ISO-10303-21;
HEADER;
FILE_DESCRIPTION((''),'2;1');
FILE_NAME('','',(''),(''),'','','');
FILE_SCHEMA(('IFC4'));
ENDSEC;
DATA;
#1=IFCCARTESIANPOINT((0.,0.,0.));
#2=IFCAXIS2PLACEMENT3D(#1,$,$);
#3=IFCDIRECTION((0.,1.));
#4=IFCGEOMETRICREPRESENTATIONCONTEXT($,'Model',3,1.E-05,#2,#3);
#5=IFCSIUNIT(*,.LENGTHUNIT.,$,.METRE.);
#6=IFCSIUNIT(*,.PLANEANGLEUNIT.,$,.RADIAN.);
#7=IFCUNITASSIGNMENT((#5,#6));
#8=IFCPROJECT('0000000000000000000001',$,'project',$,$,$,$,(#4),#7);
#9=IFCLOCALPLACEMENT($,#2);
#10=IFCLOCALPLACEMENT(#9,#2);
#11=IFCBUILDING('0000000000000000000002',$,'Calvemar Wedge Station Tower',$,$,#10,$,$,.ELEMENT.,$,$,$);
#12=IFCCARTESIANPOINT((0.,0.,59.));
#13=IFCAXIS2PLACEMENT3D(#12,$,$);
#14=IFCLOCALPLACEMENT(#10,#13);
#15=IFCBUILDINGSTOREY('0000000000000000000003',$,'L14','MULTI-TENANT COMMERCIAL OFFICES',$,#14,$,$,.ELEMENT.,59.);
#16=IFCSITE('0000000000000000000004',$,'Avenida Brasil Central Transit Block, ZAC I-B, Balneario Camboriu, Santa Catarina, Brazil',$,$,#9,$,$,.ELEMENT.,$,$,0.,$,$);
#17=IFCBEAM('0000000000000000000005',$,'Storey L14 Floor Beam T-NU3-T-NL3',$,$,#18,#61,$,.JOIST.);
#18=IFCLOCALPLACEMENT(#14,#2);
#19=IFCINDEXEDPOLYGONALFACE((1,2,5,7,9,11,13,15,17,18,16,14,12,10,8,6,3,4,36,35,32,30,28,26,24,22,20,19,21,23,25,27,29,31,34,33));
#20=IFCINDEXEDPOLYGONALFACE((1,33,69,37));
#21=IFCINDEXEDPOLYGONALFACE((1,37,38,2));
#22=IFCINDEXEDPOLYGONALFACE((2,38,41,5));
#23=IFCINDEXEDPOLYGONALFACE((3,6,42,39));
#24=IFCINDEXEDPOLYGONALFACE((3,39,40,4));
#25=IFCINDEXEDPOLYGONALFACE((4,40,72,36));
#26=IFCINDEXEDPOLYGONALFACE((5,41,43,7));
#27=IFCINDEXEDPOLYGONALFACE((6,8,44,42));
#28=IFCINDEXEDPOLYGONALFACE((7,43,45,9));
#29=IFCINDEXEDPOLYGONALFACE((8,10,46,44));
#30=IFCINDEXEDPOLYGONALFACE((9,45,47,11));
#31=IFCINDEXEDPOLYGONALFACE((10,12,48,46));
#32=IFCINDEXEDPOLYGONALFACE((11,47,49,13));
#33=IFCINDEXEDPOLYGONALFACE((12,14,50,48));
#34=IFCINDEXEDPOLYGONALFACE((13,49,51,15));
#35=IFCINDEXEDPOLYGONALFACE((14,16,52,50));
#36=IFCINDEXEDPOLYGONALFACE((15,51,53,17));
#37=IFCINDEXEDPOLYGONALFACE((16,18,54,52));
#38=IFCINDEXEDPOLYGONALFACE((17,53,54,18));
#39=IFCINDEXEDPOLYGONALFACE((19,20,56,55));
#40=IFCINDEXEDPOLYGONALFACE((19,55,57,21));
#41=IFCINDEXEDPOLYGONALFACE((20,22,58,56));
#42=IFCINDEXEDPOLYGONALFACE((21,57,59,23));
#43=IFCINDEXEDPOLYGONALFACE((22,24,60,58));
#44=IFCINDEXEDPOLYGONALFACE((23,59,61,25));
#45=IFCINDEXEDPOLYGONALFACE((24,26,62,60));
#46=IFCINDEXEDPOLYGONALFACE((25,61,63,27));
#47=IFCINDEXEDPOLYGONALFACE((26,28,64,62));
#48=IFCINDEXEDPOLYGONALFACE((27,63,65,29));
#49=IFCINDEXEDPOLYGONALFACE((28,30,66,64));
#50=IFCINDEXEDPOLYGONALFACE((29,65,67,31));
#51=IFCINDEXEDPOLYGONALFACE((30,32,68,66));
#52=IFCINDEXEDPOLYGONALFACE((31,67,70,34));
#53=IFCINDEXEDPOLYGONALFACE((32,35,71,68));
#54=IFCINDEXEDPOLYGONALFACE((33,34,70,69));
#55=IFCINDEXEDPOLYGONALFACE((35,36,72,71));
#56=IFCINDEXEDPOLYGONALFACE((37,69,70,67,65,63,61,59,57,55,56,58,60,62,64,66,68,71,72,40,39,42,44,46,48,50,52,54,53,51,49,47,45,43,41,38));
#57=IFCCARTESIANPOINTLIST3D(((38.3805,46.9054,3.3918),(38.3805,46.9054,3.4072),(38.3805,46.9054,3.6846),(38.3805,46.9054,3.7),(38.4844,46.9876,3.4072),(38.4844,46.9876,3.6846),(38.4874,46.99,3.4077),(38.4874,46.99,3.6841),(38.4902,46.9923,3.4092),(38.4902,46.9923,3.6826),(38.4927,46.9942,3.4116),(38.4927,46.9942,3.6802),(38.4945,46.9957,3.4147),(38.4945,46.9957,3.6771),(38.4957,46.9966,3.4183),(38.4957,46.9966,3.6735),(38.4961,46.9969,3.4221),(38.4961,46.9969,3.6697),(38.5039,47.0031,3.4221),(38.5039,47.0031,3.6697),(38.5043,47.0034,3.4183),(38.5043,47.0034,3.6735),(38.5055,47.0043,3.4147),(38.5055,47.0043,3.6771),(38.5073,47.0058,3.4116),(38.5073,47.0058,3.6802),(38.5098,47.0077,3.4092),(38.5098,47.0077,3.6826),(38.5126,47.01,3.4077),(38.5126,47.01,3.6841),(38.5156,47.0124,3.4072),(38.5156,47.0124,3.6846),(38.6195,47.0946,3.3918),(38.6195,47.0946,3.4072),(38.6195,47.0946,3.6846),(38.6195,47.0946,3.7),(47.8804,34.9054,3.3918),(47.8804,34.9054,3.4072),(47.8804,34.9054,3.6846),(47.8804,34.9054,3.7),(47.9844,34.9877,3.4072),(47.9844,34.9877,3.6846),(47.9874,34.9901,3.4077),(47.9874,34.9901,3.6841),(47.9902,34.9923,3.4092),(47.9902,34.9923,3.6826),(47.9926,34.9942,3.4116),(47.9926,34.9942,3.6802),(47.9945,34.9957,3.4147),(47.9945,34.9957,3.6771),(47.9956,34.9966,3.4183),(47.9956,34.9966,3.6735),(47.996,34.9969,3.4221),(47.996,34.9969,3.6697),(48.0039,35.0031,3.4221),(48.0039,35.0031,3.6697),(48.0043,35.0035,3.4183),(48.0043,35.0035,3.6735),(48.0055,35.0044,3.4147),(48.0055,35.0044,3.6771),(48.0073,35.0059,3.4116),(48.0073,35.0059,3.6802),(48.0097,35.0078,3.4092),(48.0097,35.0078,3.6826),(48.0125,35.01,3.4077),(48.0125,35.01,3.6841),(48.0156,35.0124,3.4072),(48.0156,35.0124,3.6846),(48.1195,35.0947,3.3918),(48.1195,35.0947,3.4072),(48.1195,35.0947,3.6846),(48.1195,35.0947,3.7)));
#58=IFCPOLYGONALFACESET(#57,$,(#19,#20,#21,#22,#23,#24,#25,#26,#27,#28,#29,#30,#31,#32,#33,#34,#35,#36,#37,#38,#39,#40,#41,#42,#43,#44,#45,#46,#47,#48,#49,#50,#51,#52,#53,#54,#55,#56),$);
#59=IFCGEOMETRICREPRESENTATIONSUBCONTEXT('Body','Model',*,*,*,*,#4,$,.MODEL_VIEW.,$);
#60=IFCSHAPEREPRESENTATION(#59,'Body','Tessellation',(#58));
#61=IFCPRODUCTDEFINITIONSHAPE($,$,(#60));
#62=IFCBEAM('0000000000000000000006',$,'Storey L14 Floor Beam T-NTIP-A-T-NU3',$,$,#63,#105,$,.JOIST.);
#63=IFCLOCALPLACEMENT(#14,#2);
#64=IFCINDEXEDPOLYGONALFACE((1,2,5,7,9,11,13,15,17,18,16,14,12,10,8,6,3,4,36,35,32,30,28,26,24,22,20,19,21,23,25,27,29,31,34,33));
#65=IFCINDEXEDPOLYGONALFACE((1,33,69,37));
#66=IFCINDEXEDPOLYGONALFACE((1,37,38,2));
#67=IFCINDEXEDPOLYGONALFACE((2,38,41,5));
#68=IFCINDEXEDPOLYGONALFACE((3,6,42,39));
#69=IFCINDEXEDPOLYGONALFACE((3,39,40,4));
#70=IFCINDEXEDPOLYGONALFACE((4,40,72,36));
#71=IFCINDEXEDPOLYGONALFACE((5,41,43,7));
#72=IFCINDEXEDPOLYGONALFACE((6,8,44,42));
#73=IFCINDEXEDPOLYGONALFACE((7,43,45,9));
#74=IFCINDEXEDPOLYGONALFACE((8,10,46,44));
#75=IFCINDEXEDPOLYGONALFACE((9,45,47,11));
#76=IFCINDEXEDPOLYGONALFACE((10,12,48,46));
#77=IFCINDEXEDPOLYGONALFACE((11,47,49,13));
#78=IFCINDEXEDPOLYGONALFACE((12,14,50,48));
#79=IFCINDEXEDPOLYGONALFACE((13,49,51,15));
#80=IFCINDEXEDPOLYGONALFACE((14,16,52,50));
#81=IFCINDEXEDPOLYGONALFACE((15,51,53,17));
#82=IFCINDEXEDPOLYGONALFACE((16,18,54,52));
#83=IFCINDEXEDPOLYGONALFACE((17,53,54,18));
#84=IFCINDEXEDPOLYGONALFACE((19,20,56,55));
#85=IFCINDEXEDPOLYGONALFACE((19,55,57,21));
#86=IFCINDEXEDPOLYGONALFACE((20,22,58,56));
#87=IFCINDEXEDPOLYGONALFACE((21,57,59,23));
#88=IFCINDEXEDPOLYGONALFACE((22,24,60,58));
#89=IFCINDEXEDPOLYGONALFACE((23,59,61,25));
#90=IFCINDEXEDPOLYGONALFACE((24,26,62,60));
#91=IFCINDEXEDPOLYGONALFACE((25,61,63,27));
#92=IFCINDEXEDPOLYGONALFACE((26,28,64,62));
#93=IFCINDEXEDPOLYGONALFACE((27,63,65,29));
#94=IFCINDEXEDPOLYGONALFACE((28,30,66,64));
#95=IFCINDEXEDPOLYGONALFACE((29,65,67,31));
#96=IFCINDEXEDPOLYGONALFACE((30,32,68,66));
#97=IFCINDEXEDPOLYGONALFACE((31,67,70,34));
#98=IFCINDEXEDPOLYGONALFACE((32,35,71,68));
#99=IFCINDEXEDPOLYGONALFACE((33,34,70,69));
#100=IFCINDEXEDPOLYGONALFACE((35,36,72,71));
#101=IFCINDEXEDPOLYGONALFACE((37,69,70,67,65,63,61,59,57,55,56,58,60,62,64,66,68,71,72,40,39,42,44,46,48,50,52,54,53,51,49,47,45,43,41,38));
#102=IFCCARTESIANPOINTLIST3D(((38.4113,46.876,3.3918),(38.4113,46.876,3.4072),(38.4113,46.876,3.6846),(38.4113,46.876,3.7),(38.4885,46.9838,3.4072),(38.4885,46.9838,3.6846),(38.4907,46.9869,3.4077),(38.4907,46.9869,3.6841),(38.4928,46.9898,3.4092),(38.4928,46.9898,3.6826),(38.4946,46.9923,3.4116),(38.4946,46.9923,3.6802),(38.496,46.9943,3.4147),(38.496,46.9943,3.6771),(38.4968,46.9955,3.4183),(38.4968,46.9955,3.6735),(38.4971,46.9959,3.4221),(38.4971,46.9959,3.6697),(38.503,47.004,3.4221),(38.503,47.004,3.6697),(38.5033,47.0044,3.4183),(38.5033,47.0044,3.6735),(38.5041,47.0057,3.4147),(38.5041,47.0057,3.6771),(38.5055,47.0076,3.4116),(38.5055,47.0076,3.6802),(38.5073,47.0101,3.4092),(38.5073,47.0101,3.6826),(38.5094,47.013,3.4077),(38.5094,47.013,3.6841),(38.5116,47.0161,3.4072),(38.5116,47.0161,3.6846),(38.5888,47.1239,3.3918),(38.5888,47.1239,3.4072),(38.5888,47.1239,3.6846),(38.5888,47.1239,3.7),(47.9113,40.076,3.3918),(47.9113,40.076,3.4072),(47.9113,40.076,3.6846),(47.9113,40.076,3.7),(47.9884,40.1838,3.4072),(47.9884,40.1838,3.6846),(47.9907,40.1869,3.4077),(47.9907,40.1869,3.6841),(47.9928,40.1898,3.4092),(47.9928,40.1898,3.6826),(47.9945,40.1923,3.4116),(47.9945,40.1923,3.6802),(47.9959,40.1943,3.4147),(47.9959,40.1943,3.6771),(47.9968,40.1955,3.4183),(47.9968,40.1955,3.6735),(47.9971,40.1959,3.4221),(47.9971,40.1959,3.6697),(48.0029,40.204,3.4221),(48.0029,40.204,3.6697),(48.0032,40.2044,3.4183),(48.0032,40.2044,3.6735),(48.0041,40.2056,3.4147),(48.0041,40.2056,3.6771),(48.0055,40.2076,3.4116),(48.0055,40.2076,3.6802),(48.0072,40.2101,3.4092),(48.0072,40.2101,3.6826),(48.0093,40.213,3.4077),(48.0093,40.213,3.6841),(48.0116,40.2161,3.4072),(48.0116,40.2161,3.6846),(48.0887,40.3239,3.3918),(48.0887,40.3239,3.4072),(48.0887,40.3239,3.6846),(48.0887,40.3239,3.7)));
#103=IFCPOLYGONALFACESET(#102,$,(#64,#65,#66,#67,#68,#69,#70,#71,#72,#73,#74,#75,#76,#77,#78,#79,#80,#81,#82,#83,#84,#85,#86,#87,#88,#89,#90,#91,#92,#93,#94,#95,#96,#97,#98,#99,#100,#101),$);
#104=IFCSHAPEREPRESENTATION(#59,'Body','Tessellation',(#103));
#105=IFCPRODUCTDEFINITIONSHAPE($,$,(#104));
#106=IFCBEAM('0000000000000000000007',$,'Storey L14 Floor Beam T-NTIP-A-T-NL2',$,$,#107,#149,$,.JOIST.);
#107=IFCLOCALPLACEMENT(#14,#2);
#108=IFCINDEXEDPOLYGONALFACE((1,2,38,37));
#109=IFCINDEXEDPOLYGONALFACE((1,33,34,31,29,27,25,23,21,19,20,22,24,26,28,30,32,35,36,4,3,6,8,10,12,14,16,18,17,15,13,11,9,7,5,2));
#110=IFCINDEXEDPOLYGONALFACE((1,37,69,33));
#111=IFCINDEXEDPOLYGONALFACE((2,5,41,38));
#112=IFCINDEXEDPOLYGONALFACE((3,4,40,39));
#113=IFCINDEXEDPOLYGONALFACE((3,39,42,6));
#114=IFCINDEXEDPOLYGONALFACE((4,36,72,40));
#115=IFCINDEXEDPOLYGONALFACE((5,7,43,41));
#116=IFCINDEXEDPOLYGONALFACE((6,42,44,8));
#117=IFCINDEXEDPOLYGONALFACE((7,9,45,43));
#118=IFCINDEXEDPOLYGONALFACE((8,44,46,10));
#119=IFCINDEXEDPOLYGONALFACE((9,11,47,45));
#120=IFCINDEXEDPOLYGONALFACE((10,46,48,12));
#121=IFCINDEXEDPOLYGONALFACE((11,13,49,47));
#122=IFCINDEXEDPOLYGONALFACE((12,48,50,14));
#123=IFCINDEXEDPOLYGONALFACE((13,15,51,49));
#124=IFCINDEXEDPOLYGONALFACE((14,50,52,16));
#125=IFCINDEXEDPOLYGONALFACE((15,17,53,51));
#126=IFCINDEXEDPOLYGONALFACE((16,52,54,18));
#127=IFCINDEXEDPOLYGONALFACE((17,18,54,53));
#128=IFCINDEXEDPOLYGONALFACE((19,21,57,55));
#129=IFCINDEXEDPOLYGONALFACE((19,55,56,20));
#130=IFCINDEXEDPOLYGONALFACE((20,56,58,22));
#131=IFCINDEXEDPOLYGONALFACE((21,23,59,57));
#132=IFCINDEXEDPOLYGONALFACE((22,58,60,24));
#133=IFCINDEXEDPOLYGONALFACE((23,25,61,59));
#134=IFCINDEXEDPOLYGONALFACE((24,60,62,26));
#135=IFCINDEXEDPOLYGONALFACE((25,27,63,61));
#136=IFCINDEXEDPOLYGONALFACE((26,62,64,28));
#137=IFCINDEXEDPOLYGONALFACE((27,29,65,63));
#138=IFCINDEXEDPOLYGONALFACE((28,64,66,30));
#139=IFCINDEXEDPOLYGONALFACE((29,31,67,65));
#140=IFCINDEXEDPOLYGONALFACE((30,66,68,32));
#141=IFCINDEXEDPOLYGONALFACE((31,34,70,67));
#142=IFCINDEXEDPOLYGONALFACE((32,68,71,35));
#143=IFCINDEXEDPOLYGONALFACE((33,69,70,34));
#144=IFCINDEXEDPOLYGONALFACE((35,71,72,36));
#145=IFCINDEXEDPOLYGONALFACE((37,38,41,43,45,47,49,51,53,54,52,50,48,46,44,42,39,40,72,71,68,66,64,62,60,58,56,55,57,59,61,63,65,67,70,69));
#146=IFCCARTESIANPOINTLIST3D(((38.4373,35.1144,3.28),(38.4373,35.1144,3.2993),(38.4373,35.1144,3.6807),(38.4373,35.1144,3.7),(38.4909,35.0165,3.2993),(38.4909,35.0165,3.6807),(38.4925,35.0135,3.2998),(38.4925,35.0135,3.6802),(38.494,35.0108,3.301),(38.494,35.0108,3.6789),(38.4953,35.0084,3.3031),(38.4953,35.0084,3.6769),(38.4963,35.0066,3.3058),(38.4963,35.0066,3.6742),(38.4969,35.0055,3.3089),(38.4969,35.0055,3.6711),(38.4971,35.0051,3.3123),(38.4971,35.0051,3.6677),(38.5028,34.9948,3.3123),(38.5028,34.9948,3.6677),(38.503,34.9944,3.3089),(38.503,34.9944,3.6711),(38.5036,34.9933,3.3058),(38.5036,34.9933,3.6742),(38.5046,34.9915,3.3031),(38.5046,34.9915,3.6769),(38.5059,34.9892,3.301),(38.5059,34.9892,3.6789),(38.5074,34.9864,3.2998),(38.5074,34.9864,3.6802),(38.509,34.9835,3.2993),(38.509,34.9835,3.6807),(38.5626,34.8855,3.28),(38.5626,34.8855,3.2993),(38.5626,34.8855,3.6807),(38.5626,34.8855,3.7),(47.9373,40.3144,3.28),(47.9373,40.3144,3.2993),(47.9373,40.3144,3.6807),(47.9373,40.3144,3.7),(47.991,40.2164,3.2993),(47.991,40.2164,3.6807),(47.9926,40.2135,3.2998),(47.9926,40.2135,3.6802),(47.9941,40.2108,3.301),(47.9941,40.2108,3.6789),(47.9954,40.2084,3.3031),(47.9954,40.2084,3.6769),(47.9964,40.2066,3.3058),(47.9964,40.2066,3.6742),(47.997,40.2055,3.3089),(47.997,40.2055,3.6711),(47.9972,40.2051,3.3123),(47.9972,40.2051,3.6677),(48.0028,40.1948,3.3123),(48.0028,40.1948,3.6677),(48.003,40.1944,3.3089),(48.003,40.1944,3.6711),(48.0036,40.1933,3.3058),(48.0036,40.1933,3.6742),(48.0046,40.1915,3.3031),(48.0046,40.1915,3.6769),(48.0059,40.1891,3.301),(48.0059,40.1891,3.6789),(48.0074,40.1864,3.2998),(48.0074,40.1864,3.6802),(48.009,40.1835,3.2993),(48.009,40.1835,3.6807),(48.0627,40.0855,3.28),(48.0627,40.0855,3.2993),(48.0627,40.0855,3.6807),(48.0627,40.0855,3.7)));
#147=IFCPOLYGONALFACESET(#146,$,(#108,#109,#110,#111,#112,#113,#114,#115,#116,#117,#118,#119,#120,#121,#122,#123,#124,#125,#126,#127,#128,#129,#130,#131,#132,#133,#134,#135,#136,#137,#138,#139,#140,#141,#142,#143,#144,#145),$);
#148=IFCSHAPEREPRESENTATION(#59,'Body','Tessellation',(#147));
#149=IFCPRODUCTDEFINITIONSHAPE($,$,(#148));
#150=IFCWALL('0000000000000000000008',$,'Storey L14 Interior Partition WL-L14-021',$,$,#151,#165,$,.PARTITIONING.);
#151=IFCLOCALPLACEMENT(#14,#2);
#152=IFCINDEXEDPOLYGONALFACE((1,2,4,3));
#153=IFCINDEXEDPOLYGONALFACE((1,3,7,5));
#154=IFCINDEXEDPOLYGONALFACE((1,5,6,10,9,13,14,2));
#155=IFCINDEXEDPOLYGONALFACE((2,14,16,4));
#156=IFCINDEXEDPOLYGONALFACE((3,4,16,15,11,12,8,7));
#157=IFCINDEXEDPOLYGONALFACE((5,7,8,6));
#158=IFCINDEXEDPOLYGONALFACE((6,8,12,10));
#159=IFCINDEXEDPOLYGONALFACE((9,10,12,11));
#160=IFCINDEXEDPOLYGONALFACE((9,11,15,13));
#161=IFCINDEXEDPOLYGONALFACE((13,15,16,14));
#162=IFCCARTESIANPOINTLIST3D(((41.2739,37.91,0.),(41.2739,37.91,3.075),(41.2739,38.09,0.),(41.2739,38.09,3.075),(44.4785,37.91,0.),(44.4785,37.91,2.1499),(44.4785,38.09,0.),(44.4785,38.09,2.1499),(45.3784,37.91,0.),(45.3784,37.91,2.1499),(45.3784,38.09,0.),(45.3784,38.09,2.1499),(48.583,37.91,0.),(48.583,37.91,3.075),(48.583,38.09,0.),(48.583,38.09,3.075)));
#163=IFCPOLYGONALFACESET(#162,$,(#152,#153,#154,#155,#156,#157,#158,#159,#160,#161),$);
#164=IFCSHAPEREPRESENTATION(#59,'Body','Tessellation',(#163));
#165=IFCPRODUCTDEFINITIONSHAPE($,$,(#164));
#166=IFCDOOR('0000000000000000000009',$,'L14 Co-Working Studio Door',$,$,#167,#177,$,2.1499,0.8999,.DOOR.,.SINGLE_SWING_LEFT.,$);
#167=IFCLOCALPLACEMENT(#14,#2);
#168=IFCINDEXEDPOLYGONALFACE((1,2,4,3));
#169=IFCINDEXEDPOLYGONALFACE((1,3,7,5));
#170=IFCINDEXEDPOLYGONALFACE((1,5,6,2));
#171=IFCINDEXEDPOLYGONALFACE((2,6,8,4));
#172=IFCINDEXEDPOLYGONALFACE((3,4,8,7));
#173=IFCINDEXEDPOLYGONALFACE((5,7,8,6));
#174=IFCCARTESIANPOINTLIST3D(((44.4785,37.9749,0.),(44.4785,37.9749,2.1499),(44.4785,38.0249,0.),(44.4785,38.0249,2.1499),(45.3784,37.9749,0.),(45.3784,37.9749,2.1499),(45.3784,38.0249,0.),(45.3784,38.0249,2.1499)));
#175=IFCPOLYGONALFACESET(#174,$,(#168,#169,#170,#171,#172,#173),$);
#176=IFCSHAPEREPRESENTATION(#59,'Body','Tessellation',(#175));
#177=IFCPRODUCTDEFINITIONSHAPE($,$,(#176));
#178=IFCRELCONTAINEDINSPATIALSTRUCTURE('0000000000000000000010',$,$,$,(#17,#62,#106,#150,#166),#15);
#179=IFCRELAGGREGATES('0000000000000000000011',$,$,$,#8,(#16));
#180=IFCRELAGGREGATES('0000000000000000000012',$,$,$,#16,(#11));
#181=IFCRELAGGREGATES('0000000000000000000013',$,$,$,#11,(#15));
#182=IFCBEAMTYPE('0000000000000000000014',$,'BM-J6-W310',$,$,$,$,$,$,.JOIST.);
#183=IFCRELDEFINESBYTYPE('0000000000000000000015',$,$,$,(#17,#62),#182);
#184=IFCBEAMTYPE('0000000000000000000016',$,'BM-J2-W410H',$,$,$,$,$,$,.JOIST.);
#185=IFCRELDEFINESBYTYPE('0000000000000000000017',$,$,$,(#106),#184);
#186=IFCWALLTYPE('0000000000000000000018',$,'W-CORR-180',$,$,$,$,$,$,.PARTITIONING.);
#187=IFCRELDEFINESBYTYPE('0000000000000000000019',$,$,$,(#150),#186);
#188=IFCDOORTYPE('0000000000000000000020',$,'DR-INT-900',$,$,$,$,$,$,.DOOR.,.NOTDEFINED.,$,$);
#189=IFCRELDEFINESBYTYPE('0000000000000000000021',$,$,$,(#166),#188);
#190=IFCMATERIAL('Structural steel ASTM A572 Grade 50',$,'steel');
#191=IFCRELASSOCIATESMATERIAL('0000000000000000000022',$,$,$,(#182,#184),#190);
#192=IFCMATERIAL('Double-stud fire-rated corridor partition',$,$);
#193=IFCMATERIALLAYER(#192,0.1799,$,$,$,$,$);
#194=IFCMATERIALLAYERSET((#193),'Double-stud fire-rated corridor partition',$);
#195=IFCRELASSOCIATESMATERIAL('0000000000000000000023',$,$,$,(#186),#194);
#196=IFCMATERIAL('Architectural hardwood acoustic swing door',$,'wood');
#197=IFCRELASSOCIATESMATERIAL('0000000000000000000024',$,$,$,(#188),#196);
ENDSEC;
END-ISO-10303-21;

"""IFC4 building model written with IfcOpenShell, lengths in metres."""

from ifc_helpers import new_model, si_unit, direction, frame, frame_2d, origin, origin_2d, place, context, subcontext, project, spatial, rectangle, i_section, extrude, source, transform, mapped, material, layer, layer_set, material_profile, profile_set, type_object, element, fill, save


model = new_model("IFC4")

# Units and contexts
model_context = context("Model", 3, precision=1e-05, world=origin(), true_north=direction((0.0, 1.0)))
body_context = subcontext(model_context, "Body", "Model", "MODEL_VIEW")
ifc_project = project(units=[si_unit("LENGTHUNIT", "METRE"), si_unit("PLANEANGLEUNIT", "RADIAN")], contexts=[model_context])

# Site, building, storey
site_placement = place(None, origin())
site = spatial("IfcSite", under=ifc_project, at=site_placement, Name="Avenida Brasil Central Transit Block, ZAC I-B, Balneario Camboriu, Santa Catarina, Brazil", CompositionType="ELEMENT", RefElevation=0.0)
building_placement = place(site_placement, origin())
building = spatial("IfcBuilding", under=site, at=building_placement, Name="Calvemar Wedge Station Tower", CompositionType="ELEMENT")
storey_placement = place(building_placement, frame((0.0, 0.0, 59.0)))
storey = spatial("IfcBuildingStorey", under=building, at=storey_placement, Name="L14", Description="MULTI-TENANT COMMERCIAL OFFICES", CompositionType="ELEMENT", Elevation=59.0)

# Shared definitions
ifc_material_1 = material(Name="Structural steel ASTM A572 Grade 50", Category="steel")

# Beams
ifc_material_profile_1 = material_profile(ifc_material_1, i_section(OverallWidth=0.3049, OverallDepth=0.3081, WebThickness=0.01, FlangeThickness=0.0154, FilletRadius=0.0149, at=origin_2d()), Name="W310x97")
ifc_profile_set_1 = profile_set([ifc_material_profile_1], Name="Structural steel ASTM A572 Grade 50")
beam_type_1 = type_object("IfcBeamType", Name="BM-J6-W310", PredefinedType="JOIST", material=ifc_profile_set_1)
shared_shape_1 = source(origin(), body_context, "Body", "SweptSolid", [
    extrude(i_section(OverallWidth=0.3049, OverallDepth=0.3081, WebThickness=0.01, FlangeThickness=0.0154, FilletRadius=0.0149, at=origin_2d()), origin(), (0.0, 0.0, 1.0), 15.3052),
])
beam_1_placement = place(storey_placement, frame((38.5, 47.0, 3.5459), z_axis=(0.620703, -0.784046, 0.0), x_axis=(0.784046, 0.620703, 0.0)))
element("IfcBeam", 1, at=beam_1_placement, inside=storey, type_object=beam_type_1, Name="Storey L14 Floor Beam T-NU3-T-NL3", PredefinedType="JOIST", context=body_context, shape_type="MappedRepresentation", body=[
    mapped(shared_shape_1, transform((0.0, 0.0, 0.0), scale=1.0)),
])
shared_shape_2 = source(origin(), body_context, "Body", "SweptSolid", [
    extrude(i_section(OverallWidth=0.3049, OverallDepth=0.3081, WebThickness=0.01, FlangeThickness=0.0154, FilletRadius=0.0149, at=origin_2d()), origin(), (0.0, 0.0, 1.0), 11.6829),
])
beam_2_placement = place(storey_placement, frame((48.0, 40.2, 3.5459), z_axis=(-0.813153, 0.58205, 0.0), x_axis=(-0.58205, -0.813153, 0.0)))
element("IfcBeam", 2, at=beam_2_placement, inside=storey, type_object=beam_type_1, Name="Storey L14 Floor Beam T-NTIP-A-T-NU3", PredefinedType="JOIST", context=body_context, shape_type="MappedRepresentation", body=[
    mapped(shared_shape_2, transform((0.0, 0.0, 0.0), scale=1.0)),
])
ifc_material_profile_2 = material_profile(ifc_material_1, i_section(OverallWidth=0.261, OverallDepth=0.4199, WebThickness=0.0117, FlangeThickness=0.0193, FilletRadius=0.0129, at=origin_2d()), Name="W410x114")
ifc_profile_set_2 = profile_set([ifc_material_profile_2], Name="Structural steel ASTM A572 Grade 50")
beam_type_2 = type_object("IfcBeamType", Name="BM-J2-W410H", PredefinedType="JOIST", material=ifc_profile_set_2)
shared_shape_3 = source(origin(), body_context, "Body", "SweptSolid", [
    extrude(i_section(OverallWidth=0.261, OverallDepth=0.4199, WebThickness=0.0117, FlangeThickness=0.0193, FilletRadius=0.0129, at=origin_2d()), origin(), (0.0, 0.0, 1.0), 10.8301),
])
beam_3_placement = place(storey_placement, frame((48.0, 40.2, 3.49), z_axis=(-0.877191, -0.480142, 0.0), x_axis=(0.480142, -0.877191, 0.0)))
element("IfcBeam", 3, at=beam_3_placement, inside=storey, type_object=beam_type_2, Name="Storey L14 Floor Beam T-NTIP-A-T-NL2", PredefinedType="JOIST", context=body_context, shape_type="MappedRepresentation", body=[
    mapped(shared_shape_3, transform((0.0, 0.0, 0.0), scale=1.0)),
])

# Wall, opening, door
ifc_material_2 = material(Name="Double-stud fire-rated corridor partition")
ifc_layer_1 = layer(ifc_material_2, 0.1799)
ifc_layer_set_1 = layer_set([ifc_layer_1], Name="Double-stud fire-rated corridor partition")
wall_type_1 = type_object("IfcWallType", Name="W-CORR-180", PredefinedType="PARTITIONING", material=ifc_layer_set_1)
wall_1_placement = place(storey_placement, frame((41.2739, 38.0, 0.0), z_axis=(0.0, 0.0, 1.0), x_axis=(1.0, 0.0, 0.0)))
wall_1 = element("IfcWall", 4, at=wall_1_placement, inside=storey, type_object=wall_type_1, Name="Storey L14 Interior Partition WL-L14-021", PredefinedType="PARTITIONING", context=body_context, shape_type="SweptSolid", body=[
    extrude(rectangle(XDim=7.3091, YDim=0.1799, at=frame_2d((3.6545, 0.0))), origin(), (0.0, 0.0, 1.0), 3.075),
])
shared_shape_4 = source(origin(), body_context, "Body", "SweptSolid", [
    extrude(rectangle(XDim=0.8999, YDim=2.1499, at=frame_2d((0.45, 1.075))), frame((0.0, 0.1001, 0.0), z_axis=(0.0, -1.0, 0.0), x_axis=(1.0, 0.0, 0.0)), (0.0, 0.0, 1.0), 0.2),
])
opening_1_placement = place(wall_1_placement, frame((3.2046, 0.0, 0.0)))
opening_1 = element("IfcOpeningElement", 5, at=opening_1_placement, cuts=wall_1, PredefinedType="OPENING", context=body_context, shape_type="MappedRepresentation", body=[
    mapped(shared_shape_4, transform((0.0, 0.0, 0.0), scale=1.0)),
])
ifc_material_3 = material(Name="Architectural hardwood acoustic swing door", Category="wood")
door_type = type_object("IfcDoorType", Name="DR-INT-900", OperationType="NOTDEFINED", PredefinedType="DOOR", material=ifc_material_3)
shared_shape_5 = source(origin(), body_context, "Body", "SweptSolid", [
    extrude(rectangle(XDim=0.8999, YDim=2.1499, at=frame_2d((0.45, 1.075))), frame((0.0, 0.0249, 0.0), z_axis=(0.0, -1.0, 0.0), x_axis=(1.0, 0.0, 0.0)), (0.0, 0.0, 1.0), 0.05),
])
door_1_placement = place(opening_1_placement, origin())
door_1 = element("IfcDoor", 6, at=door_1_placement, inside=storey, type_object=door_type, Name="L14 Co-Working Studio Door", OperationType="SINGLE_SWING_LEFT", OverallHeight=2.1499, OverallWidth=0.8999, PredefinedType="DOOR", context=body_context, shape_type="MappedRepresentation", body=[
    mapped(shared_shape_5, transform((0.0, 0.0, 0.0), scale=1.0)),
])
fill(opening_1, door_1)

save(model, "model.ifc")
